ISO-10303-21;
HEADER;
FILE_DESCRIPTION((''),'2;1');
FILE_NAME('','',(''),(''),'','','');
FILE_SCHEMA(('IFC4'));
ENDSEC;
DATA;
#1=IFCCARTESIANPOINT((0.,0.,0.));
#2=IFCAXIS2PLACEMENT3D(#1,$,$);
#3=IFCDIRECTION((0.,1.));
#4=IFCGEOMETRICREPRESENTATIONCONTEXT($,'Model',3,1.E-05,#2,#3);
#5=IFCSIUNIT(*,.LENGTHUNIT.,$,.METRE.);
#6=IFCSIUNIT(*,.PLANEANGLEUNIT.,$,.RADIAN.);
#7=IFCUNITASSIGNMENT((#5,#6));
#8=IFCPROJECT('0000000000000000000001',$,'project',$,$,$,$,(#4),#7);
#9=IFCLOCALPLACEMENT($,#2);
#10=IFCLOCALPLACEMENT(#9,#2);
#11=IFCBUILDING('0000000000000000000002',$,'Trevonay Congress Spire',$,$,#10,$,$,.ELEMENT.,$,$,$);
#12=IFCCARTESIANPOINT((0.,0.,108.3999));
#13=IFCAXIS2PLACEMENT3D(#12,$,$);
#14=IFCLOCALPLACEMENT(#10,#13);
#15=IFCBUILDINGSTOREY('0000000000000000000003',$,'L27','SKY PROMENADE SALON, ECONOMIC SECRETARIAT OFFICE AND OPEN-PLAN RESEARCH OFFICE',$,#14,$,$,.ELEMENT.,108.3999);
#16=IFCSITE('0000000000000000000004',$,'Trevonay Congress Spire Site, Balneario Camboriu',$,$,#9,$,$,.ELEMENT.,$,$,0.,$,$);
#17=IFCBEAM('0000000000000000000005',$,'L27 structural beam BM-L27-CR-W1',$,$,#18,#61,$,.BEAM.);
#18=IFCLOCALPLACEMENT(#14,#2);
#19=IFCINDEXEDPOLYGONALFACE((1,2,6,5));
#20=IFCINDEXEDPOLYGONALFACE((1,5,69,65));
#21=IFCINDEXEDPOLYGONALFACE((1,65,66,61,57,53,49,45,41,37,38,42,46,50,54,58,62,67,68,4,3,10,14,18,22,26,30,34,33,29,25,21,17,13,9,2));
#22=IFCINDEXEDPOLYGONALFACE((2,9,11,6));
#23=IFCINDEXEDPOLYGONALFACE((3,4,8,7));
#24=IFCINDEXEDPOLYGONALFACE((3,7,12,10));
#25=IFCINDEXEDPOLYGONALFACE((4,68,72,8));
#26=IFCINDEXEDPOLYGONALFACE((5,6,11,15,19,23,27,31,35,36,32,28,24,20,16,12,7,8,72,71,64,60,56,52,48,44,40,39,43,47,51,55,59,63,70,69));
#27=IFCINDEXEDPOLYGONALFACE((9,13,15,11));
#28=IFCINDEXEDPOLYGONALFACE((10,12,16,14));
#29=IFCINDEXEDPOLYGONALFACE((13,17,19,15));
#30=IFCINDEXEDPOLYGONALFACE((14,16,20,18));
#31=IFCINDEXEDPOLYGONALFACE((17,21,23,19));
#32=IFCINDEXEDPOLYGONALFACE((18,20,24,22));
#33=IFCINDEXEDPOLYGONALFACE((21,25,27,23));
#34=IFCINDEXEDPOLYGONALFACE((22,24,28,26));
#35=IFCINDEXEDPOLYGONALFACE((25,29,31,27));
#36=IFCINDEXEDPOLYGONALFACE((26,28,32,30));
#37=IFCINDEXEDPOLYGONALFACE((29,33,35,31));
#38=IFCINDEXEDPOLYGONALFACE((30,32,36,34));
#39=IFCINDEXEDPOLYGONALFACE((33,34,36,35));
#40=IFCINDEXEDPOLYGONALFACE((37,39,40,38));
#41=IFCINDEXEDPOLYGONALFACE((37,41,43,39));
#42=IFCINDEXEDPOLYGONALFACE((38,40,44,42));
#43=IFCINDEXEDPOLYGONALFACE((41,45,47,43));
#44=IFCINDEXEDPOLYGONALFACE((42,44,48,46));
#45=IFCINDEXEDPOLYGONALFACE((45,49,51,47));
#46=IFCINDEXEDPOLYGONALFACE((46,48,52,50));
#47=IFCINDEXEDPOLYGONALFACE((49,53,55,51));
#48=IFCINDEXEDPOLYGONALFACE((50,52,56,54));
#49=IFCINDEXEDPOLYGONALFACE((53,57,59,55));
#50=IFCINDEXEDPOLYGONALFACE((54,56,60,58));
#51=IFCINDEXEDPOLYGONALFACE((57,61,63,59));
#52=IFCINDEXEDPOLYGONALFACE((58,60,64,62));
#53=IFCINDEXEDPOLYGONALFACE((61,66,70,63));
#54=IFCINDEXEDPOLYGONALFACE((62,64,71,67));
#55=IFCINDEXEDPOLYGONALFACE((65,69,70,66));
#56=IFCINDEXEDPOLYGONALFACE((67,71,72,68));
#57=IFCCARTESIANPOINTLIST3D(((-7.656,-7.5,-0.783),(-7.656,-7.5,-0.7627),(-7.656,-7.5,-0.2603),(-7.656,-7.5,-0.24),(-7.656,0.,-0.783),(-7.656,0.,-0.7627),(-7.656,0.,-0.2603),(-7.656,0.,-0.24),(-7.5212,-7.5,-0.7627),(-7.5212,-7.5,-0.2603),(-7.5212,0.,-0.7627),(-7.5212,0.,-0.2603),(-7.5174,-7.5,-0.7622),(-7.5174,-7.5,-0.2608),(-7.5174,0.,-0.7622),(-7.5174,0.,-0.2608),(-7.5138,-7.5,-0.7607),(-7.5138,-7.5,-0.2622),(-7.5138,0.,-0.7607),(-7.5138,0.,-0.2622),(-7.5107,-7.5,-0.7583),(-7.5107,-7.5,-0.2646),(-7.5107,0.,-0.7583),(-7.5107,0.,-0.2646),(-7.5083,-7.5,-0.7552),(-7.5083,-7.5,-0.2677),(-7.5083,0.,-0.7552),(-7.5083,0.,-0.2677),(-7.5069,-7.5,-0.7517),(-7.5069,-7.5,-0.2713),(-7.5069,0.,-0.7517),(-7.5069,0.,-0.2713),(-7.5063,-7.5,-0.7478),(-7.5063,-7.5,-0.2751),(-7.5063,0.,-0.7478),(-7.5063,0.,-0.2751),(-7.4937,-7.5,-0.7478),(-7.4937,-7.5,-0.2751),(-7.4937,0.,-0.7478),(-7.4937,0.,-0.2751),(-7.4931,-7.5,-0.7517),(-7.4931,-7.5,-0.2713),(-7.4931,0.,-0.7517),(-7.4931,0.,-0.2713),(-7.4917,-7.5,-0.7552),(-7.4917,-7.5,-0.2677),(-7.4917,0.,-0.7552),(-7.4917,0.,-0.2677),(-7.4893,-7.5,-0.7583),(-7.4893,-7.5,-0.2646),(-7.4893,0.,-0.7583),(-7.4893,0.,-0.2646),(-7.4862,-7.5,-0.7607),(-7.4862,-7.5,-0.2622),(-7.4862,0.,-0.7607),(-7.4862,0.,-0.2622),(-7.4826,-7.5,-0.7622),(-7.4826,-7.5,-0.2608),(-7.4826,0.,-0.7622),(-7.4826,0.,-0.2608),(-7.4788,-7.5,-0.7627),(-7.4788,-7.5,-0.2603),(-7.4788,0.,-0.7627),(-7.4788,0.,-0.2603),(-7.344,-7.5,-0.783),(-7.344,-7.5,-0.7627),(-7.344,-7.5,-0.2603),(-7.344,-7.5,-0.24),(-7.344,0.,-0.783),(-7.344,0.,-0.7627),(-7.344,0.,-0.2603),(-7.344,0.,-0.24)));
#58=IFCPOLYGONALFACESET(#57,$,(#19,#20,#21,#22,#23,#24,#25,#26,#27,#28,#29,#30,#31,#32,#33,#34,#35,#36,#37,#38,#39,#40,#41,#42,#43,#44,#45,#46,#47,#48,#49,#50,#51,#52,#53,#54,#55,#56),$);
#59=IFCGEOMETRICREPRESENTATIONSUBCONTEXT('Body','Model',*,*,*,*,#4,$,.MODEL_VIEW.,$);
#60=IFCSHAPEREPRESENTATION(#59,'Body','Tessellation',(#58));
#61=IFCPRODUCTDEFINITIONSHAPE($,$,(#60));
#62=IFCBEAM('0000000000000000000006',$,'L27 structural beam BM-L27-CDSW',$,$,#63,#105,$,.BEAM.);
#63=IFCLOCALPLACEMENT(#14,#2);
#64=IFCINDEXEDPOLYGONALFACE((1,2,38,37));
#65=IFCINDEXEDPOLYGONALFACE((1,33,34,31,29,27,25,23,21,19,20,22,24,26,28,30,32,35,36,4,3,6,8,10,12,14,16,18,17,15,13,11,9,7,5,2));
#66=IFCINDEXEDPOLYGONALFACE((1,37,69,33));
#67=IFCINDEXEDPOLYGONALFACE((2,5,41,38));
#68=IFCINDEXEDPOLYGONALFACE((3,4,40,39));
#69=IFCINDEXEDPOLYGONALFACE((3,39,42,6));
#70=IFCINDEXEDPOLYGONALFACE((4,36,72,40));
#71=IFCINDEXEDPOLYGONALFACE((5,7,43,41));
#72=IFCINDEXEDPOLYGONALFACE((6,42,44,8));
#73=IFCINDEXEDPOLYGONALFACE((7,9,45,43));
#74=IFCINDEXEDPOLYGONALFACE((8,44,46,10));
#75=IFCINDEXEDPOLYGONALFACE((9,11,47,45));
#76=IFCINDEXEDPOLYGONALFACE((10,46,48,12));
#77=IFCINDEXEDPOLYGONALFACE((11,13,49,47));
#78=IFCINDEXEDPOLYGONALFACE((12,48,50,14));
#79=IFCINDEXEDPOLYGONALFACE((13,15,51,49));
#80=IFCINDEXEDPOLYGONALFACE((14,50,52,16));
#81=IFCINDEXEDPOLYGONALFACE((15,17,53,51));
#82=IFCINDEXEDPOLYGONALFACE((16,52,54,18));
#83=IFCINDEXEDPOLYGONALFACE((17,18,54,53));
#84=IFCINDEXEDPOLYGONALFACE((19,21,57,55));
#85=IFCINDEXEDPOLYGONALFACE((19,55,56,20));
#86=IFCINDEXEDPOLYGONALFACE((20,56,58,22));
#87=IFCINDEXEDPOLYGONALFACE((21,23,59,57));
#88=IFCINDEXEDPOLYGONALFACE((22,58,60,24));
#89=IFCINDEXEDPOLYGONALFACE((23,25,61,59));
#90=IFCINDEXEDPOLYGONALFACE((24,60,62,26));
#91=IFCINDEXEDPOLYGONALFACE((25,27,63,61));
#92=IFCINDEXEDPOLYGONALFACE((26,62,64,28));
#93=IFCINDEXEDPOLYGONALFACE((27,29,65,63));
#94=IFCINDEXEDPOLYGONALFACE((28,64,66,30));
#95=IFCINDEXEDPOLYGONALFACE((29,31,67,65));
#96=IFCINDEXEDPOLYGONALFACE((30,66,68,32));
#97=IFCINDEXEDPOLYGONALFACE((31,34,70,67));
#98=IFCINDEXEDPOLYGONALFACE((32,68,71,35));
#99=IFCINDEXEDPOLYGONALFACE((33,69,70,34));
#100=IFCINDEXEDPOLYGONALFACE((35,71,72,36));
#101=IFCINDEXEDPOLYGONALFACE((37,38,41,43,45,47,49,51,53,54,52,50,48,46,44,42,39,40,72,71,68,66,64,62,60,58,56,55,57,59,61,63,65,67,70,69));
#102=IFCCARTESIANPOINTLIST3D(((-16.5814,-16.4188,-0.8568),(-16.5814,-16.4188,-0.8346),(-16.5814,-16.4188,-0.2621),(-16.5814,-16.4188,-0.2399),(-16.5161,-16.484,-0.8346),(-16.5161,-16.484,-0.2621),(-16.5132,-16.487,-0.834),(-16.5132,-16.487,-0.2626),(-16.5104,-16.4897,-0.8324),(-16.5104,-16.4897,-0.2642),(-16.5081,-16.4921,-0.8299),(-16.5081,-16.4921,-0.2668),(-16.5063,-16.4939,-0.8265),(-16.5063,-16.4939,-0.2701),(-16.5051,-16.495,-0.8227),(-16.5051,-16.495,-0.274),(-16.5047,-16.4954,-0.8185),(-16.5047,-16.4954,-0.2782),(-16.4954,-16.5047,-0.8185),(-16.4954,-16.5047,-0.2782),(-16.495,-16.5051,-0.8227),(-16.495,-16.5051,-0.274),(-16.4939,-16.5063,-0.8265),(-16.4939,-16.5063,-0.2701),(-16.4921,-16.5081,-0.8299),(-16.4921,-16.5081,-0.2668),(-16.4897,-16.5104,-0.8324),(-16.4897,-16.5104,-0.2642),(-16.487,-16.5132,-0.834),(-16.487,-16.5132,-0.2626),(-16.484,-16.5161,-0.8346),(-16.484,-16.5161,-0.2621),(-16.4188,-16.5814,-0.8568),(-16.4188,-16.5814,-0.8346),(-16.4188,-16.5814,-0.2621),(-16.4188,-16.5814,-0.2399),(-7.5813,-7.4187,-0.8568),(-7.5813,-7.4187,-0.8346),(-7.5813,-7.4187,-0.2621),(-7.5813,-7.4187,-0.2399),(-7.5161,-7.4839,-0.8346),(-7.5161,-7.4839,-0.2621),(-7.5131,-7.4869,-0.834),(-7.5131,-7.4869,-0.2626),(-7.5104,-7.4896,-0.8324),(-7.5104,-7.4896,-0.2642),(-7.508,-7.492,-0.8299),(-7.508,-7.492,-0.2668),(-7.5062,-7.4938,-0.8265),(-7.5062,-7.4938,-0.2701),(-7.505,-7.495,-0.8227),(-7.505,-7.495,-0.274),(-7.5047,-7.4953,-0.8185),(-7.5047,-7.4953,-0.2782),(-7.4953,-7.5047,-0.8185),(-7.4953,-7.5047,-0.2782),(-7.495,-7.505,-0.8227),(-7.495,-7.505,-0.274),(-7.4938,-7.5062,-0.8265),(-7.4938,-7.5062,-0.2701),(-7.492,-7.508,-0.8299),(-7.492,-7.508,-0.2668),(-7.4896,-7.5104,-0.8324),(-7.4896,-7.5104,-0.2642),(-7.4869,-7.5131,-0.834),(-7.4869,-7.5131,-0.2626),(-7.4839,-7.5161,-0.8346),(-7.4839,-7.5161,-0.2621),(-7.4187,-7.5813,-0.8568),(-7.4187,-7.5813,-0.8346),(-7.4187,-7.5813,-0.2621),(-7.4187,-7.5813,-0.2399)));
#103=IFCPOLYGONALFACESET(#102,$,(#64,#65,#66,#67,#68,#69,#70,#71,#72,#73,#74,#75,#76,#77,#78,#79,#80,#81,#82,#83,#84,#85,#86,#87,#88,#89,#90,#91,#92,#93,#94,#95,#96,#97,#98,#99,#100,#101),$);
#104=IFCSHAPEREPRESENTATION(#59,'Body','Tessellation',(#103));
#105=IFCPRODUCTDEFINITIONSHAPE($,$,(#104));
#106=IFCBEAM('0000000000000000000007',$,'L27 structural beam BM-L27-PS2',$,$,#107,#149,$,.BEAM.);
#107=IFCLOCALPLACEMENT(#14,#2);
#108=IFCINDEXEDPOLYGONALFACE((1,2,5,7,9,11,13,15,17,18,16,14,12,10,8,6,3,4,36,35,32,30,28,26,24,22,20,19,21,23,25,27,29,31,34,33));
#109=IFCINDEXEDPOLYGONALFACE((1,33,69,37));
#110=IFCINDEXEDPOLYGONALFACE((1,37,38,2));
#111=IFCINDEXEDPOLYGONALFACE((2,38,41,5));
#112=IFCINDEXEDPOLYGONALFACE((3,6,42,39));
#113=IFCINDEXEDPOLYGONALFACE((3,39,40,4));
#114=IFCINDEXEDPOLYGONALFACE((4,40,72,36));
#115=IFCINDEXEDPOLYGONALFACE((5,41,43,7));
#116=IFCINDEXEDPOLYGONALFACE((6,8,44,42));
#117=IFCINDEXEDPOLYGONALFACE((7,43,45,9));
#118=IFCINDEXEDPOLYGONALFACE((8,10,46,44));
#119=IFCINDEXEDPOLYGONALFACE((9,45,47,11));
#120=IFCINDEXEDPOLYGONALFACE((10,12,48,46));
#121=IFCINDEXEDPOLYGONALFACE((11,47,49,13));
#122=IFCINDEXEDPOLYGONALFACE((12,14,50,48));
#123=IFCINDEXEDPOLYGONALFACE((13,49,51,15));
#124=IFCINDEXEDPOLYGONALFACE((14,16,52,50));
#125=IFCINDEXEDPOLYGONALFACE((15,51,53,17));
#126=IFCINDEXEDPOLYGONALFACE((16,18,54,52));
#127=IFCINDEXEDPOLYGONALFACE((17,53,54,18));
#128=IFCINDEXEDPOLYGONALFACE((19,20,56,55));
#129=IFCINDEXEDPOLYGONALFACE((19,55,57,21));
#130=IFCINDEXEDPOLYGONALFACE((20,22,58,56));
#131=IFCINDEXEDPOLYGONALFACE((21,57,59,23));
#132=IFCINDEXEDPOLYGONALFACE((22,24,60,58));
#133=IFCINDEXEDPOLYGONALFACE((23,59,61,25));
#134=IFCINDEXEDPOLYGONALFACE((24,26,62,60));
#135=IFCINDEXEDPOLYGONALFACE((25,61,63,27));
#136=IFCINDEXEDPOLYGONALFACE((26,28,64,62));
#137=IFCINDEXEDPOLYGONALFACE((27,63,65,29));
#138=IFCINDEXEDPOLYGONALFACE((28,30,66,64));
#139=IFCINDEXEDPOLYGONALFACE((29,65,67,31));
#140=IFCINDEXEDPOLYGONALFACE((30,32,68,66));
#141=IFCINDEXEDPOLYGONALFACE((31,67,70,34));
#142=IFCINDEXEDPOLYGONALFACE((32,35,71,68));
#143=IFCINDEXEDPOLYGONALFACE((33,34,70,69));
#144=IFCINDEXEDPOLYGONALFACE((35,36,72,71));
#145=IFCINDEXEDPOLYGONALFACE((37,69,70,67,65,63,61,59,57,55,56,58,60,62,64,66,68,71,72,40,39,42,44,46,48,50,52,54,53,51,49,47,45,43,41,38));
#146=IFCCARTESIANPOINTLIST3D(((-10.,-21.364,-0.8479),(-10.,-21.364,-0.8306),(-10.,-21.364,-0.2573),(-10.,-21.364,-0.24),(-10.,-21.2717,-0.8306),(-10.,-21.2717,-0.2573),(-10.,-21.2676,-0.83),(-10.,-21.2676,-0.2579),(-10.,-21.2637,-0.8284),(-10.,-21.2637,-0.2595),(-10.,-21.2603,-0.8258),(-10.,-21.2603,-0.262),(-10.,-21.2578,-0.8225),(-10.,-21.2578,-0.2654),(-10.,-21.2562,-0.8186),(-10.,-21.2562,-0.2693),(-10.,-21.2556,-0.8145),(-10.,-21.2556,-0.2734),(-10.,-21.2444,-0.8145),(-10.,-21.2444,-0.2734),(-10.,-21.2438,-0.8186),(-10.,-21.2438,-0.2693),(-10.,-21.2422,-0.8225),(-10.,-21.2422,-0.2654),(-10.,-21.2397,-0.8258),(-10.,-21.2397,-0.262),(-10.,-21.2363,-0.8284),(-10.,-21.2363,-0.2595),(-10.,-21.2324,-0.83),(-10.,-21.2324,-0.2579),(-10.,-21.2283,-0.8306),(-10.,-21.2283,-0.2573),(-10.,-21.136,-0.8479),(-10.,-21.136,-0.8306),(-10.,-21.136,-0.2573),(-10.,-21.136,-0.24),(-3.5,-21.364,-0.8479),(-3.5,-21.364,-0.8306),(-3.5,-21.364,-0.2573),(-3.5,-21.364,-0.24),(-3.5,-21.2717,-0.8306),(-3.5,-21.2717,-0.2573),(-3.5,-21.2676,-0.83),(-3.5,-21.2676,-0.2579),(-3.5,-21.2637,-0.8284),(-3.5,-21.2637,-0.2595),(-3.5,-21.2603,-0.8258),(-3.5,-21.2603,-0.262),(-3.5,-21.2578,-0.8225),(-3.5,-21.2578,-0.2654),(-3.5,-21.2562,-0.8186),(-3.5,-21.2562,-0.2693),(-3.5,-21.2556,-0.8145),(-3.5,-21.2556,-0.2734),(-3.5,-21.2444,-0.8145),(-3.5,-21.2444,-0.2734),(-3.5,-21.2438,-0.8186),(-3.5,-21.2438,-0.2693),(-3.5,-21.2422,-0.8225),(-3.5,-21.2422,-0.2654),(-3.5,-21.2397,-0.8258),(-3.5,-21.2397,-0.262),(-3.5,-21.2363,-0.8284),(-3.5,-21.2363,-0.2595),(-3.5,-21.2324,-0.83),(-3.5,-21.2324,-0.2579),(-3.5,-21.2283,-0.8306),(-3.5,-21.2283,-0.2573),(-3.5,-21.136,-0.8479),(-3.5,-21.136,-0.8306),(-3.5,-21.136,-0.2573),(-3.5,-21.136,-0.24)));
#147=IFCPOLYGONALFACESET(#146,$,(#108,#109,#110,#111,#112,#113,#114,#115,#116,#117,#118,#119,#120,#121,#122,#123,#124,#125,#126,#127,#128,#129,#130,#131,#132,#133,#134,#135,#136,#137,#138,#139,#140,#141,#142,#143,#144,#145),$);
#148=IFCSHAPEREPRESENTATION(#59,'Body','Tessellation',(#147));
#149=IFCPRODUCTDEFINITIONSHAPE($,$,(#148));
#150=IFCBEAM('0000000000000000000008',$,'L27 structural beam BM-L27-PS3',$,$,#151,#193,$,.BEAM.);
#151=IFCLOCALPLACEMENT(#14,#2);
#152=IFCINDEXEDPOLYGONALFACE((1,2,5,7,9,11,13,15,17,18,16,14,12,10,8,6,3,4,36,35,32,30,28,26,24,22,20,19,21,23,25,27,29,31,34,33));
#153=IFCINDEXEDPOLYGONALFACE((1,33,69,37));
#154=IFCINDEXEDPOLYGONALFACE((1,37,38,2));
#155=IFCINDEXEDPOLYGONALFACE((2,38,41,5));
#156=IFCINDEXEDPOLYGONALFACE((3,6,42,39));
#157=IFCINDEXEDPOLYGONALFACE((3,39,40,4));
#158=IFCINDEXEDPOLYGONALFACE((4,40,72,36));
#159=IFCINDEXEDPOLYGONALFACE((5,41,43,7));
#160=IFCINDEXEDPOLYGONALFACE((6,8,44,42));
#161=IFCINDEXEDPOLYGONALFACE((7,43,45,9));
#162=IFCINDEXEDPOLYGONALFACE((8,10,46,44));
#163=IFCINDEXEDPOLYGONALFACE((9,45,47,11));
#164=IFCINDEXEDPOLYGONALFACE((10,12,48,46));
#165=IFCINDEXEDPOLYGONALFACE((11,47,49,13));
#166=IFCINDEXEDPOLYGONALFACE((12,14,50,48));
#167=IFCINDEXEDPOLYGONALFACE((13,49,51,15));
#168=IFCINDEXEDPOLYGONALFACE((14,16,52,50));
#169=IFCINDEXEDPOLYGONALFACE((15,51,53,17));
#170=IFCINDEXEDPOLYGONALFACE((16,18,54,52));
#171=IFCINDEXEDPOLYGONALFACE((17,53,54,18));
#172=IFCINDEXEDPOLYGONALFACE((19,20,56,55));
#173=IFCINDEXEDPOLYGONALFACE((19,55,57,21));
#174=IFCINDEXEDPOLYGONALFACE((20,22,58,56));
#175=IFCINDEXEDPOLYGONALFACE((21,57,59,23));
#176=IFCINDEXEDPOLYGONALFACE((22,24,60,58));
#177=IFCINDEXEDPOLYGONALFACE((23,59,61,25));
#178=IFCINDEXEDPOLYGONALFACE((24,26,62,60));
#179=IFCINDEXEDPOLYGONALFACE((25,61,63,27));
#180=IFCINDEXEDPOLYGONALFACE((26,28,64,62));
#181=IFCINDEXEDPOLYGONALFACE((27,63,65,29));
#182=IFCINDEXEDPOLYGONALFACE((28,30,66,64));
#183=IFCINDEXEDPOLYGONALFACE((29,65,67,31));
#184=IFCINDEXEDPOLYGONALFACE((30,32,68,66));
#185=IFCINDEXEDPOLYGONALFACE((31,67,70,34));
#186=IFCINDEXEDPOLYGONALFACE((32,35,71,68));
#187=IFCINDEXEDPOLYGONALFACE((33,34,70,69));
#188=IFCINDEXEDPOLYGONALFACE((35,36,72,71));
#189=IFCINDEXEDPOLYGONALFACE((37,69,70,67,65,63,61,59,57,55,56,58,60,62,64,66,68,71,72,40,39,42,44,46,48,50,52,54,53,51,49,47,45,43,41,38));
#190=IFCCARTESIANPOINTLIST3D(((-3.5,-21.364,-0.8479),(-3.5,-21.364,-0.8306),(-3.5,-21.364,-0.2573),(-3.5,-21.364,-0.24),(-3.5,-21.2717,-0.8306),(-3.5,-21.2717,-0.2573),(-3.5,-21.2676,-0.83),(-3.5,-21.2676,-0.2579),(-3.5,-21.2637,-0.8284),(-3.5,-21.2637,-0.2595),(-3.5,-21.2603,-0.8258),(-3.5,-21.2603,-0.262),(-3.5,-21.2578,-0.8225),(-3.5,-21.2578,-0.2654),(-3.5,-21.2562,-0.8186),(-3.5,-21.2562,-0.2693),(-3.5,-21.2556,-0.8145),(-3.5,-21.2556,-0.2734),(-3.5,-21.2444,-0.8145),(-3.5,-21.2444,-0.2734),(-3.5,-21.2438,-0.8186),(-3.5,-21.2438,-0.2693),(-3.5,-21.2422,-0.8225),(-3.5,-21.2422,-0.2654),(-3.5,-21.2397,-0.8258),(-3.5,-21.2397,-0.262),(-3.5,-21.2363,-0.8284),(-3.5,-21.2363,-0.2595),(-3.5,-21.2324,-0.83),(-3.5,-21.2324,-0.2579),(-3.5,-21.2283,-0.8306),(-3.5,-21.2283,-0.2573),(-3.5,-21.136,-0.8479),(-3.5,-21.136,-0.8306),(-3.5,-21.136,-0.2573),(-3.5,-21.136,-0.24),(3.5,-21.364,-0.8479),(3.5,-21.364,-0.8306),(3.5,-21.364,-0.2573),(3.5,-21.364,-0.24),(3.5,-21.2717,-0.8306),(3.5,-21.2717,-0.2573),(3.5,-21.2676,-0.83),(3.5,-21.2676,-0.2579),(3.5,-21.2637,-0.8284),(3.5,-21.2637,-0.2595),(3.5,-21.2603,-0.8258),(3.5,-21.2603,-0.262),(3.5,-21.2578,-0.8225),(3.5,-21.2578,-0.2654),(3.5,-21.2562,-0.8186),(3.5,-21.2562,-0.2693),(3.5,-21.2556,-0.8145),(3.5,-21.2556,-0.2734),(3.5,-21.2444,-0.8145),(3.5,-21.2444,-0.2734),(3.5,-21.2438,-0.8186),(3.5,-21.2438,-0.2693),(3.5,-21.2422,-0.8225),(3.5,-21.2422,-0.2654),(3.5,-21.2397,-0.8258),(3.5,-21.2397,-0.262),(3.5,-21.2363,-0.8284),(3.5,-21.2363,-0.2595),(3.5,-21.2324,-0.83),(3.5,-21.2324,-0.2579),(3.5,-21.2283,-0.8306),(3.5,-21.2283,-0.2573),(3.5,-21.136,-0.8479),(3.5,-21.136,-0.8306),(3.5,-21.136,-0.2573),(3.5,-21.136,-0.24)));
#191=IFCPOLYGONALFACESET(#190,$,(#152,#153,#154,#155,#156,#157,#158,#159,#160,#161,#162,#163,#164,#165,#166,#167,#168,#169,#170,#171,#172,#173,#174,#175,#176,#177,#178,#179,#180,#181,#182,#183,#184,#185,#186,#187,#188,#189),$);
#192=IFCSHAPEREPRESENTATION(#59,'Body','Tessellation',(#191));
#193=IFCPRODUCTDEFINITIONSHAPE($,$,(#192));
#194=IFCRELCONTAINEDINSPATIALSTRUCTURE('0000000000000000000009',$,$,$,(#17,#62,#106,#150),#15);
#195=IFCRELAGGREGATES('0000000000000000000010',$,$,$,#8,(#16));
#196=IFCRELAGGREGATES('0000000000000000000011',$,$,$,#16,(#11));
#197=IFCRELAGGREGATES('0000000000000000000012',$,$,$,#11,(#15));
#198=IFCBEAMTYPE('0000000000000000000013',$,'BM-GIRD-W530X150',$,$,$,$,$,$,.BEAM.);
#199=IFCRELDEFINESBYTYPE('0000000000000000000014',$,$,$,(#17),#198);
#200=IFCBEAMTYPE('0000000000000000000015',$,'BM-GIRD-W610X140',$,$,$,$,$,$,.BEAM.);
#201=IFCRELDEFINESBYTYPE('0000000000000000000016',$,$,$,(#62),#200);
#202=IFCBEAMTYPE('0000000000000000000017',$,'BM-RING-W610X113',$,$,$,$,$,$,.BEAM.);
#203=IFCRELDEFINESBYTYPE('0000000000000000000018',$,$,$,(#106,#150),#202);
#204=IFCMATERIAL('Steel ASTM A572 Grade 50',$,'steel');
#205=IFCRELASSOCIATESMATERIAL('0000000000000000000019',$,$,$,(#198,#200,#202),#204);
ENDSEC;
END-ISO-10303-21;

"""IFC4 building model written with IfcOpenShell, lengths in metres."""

from ifc_helpers import new_model, si_unit, direction, frame, origin, origin_2d, place, context, subcontext, project, spatial, i_section, extrude, material, material_profile, profile_set, type_object, element, save


model = new_model("IFC4")

# Units and contexts
model_context = context("Model", 3, precision=1e-05, world=origin(), true_north=direction((0.0, 1.0)))
body_context = subcontext(model_context, "Body", "Model", "MODEL_VIEW")
ifc_project = project(units=[si_unit("LENGTHUNIT", "METRE"), si_unit("PLANEANGLEUNIT", "RADIAN")], contexts=[model_context])

# Site, building, storey
site_placement = place(None, origin())
site = spatial("IfcSite", under=ifc_project, at=site_placement, Name="Trevonay Congress Spire Site, Balneario Camboriu", CompositionType="ELEMENT", RefElevation=0.0)
building_placement = place(site_placement, origin())
building = spatial("IfcBuilding", under=site, at=building_placement, Name="Trevonay Congress Spire", CompositionType="ELEMENT")
storey_placement = place(building_placement, frame((0.0, 0.0, 108.3999)))
storey = spatial("IfcBuildingStorey", under=building, at=storey_placement, Name="L27", Description="SKY PROMENADE SALON, ECONOMIC SECRETARIAT OFFICE AND OPEN-PLAN RESEARCH OFFICE", CompositionType="ELEMENT", Elevation=108.3999)

# Shared definitions
ifc_material_1 = material(Name="Steel ASTM A572 Grade 50", Category="steel")

# Beams
ifc_material_profile_1 = material_profile(ifc_material_1, i_section(OverallWidth=0.312, OverallDepth=0.543, WebThickness=0.0127, FlangeThickness=0.0203, FilletRadius=0.0149, at=origin_2d()), Name="W530x150")
ifc_profile_set_1 = profile_set([ifc_material_profile_1], Name="Steel ASTM A572 Grade 50")
beam_type_1 = type_object("IfcBeamType", Name="BM-GIRD-W530X150", PredefinedType="BEAM", material=ifc_profile_set_1)
beam_1_placement = place(storey_placement, frame((-7.5, -7.5, -0.5115), z_axis=(0.0, 1.0, 0.0), x_axis=(-1.0, 0.0, 0.0)))
element("IfcBeam", 1, at=beam_1_placement, inside=storey, type_object=beam_type_1, Name="L27 structural beam BM-L27-CR-W1", PredefinedType="BEAM", context=body_context, shape_type="SweptSolid", body=[
    extrude(i_section(OverallWidth=0.312, OverallDepth=0.543, WebThickness=0.0127, FlangeThickness=0.0203, FilletRadius=0.0149, at=origin_2d()), origin(), (0.0, 0.0, 1.0), 7.5),
])
ifc_material_profile_2 = material_profile(ifc_material_1, i_section(OverallWidth=0.23, OverallDepth=0.6169, WebThickness=0.0132, FlangeThickness=0.0222, FilletRadius=0.0161, at=origin_2d()), Name="W610x140")
ifc_profile_set_2 = profile_set([ifc_material_profile_2], Name="Steel ASTM A572 Grade 50")
beam_type_2 = type_object("IfcBeamType", Name="BM-GIRD-W610X140", PredefinedType="BEAM", material=ifc_profile_set_2)
beam_2_placement = place(storey_placement, frame((-7.5, -7.5, -0.5483), z_axis=(-0.707107, -0.707107, 0.0), x_axis=(0.707107, -0.707107, 0.0)))
element("IfcBeam", 2, at=beam_2_placement, inside=storey, type_object=beam_type_2, Name="L27 structural beam BM-L27-CDSW", PredefinedType="BEAM", context=body_context, shape_type="SweptSolid", body=[
    extrude(i_section(OverallWidth=0.23, OverallDepth=0.6169, WebThickness=0.0132, FlangeThickness=0.0222, FilletRadius=0.0161, at=origin_2d()), origin(), (0.0, 0.0, 1.0), 12.728),
])
ifc_material_profile_3 = material_profile(ifc_material_1, i_section(OverallWidth=0.228, OverallDepth=0.6079, WebThickness=0.0112, FlangeThickness=0.0173, FilletRadius=0.0161, at=origin_2d()), Name="W610x113")
ifc_profile_set_3 = profile_set([ifc_material_profile_3], Name="Steel ASTM A572 Grade 50")
beam_type_3 = type_object("IfcBeamType", Name="BM-RING-W610X113", PredefinedType="BEAM", material=ifc_profile_set_3)
beam_3_placement = place(storey_placement, frame((-10.0, -21.25, -0.5439), z_axis=(1.0, 0.0, 0.0), x_axis=(0.0, 1.0, 0.0)))
element("IfcBeam", 3, at=beam_3_placement, inside=storey, type_object=beam_type_3, Name="L27 structural beam BM-L27-PS2", PredefinedType="BEAM", context=body_context, shape_type="SweptSolid", body=[
    extrude(i_section(OverallWidth=0.228, OverallDepth=0.6079, WebThickness=0.0112, FlangeThickness=0.0173, FilletRadius=0.0161, at=origin_2d()), origin(), (0.0, 0.0, 1.0), 6.5),
])
beam_4_placement = place(storey_placement, frame((-3.5, -21.25, -0.5439), z_axis=(1.0, 0.0, 0.0), x_axis=(0.0, 1.0, 0.0)))
element("IfcBeam", 4, at=beam_4_placement, inside=storey, type_object=beam_type_3, Name="L27 structural beam BM-L27-PS3", PredefinedType="BEAM", context=body_context, shape_type="SweptSolid", body=[
    extrude(i_section(OverallWidth=0.228, OverallDepth=0.6079, WebThickness=0.0112, FlangeThickness=0.0173, FilletRadius=0.0161, at=origin_2d()), origin(), (0.0, 0.0, 1.0), 7.0),
])

save(model, "model.ifc")
